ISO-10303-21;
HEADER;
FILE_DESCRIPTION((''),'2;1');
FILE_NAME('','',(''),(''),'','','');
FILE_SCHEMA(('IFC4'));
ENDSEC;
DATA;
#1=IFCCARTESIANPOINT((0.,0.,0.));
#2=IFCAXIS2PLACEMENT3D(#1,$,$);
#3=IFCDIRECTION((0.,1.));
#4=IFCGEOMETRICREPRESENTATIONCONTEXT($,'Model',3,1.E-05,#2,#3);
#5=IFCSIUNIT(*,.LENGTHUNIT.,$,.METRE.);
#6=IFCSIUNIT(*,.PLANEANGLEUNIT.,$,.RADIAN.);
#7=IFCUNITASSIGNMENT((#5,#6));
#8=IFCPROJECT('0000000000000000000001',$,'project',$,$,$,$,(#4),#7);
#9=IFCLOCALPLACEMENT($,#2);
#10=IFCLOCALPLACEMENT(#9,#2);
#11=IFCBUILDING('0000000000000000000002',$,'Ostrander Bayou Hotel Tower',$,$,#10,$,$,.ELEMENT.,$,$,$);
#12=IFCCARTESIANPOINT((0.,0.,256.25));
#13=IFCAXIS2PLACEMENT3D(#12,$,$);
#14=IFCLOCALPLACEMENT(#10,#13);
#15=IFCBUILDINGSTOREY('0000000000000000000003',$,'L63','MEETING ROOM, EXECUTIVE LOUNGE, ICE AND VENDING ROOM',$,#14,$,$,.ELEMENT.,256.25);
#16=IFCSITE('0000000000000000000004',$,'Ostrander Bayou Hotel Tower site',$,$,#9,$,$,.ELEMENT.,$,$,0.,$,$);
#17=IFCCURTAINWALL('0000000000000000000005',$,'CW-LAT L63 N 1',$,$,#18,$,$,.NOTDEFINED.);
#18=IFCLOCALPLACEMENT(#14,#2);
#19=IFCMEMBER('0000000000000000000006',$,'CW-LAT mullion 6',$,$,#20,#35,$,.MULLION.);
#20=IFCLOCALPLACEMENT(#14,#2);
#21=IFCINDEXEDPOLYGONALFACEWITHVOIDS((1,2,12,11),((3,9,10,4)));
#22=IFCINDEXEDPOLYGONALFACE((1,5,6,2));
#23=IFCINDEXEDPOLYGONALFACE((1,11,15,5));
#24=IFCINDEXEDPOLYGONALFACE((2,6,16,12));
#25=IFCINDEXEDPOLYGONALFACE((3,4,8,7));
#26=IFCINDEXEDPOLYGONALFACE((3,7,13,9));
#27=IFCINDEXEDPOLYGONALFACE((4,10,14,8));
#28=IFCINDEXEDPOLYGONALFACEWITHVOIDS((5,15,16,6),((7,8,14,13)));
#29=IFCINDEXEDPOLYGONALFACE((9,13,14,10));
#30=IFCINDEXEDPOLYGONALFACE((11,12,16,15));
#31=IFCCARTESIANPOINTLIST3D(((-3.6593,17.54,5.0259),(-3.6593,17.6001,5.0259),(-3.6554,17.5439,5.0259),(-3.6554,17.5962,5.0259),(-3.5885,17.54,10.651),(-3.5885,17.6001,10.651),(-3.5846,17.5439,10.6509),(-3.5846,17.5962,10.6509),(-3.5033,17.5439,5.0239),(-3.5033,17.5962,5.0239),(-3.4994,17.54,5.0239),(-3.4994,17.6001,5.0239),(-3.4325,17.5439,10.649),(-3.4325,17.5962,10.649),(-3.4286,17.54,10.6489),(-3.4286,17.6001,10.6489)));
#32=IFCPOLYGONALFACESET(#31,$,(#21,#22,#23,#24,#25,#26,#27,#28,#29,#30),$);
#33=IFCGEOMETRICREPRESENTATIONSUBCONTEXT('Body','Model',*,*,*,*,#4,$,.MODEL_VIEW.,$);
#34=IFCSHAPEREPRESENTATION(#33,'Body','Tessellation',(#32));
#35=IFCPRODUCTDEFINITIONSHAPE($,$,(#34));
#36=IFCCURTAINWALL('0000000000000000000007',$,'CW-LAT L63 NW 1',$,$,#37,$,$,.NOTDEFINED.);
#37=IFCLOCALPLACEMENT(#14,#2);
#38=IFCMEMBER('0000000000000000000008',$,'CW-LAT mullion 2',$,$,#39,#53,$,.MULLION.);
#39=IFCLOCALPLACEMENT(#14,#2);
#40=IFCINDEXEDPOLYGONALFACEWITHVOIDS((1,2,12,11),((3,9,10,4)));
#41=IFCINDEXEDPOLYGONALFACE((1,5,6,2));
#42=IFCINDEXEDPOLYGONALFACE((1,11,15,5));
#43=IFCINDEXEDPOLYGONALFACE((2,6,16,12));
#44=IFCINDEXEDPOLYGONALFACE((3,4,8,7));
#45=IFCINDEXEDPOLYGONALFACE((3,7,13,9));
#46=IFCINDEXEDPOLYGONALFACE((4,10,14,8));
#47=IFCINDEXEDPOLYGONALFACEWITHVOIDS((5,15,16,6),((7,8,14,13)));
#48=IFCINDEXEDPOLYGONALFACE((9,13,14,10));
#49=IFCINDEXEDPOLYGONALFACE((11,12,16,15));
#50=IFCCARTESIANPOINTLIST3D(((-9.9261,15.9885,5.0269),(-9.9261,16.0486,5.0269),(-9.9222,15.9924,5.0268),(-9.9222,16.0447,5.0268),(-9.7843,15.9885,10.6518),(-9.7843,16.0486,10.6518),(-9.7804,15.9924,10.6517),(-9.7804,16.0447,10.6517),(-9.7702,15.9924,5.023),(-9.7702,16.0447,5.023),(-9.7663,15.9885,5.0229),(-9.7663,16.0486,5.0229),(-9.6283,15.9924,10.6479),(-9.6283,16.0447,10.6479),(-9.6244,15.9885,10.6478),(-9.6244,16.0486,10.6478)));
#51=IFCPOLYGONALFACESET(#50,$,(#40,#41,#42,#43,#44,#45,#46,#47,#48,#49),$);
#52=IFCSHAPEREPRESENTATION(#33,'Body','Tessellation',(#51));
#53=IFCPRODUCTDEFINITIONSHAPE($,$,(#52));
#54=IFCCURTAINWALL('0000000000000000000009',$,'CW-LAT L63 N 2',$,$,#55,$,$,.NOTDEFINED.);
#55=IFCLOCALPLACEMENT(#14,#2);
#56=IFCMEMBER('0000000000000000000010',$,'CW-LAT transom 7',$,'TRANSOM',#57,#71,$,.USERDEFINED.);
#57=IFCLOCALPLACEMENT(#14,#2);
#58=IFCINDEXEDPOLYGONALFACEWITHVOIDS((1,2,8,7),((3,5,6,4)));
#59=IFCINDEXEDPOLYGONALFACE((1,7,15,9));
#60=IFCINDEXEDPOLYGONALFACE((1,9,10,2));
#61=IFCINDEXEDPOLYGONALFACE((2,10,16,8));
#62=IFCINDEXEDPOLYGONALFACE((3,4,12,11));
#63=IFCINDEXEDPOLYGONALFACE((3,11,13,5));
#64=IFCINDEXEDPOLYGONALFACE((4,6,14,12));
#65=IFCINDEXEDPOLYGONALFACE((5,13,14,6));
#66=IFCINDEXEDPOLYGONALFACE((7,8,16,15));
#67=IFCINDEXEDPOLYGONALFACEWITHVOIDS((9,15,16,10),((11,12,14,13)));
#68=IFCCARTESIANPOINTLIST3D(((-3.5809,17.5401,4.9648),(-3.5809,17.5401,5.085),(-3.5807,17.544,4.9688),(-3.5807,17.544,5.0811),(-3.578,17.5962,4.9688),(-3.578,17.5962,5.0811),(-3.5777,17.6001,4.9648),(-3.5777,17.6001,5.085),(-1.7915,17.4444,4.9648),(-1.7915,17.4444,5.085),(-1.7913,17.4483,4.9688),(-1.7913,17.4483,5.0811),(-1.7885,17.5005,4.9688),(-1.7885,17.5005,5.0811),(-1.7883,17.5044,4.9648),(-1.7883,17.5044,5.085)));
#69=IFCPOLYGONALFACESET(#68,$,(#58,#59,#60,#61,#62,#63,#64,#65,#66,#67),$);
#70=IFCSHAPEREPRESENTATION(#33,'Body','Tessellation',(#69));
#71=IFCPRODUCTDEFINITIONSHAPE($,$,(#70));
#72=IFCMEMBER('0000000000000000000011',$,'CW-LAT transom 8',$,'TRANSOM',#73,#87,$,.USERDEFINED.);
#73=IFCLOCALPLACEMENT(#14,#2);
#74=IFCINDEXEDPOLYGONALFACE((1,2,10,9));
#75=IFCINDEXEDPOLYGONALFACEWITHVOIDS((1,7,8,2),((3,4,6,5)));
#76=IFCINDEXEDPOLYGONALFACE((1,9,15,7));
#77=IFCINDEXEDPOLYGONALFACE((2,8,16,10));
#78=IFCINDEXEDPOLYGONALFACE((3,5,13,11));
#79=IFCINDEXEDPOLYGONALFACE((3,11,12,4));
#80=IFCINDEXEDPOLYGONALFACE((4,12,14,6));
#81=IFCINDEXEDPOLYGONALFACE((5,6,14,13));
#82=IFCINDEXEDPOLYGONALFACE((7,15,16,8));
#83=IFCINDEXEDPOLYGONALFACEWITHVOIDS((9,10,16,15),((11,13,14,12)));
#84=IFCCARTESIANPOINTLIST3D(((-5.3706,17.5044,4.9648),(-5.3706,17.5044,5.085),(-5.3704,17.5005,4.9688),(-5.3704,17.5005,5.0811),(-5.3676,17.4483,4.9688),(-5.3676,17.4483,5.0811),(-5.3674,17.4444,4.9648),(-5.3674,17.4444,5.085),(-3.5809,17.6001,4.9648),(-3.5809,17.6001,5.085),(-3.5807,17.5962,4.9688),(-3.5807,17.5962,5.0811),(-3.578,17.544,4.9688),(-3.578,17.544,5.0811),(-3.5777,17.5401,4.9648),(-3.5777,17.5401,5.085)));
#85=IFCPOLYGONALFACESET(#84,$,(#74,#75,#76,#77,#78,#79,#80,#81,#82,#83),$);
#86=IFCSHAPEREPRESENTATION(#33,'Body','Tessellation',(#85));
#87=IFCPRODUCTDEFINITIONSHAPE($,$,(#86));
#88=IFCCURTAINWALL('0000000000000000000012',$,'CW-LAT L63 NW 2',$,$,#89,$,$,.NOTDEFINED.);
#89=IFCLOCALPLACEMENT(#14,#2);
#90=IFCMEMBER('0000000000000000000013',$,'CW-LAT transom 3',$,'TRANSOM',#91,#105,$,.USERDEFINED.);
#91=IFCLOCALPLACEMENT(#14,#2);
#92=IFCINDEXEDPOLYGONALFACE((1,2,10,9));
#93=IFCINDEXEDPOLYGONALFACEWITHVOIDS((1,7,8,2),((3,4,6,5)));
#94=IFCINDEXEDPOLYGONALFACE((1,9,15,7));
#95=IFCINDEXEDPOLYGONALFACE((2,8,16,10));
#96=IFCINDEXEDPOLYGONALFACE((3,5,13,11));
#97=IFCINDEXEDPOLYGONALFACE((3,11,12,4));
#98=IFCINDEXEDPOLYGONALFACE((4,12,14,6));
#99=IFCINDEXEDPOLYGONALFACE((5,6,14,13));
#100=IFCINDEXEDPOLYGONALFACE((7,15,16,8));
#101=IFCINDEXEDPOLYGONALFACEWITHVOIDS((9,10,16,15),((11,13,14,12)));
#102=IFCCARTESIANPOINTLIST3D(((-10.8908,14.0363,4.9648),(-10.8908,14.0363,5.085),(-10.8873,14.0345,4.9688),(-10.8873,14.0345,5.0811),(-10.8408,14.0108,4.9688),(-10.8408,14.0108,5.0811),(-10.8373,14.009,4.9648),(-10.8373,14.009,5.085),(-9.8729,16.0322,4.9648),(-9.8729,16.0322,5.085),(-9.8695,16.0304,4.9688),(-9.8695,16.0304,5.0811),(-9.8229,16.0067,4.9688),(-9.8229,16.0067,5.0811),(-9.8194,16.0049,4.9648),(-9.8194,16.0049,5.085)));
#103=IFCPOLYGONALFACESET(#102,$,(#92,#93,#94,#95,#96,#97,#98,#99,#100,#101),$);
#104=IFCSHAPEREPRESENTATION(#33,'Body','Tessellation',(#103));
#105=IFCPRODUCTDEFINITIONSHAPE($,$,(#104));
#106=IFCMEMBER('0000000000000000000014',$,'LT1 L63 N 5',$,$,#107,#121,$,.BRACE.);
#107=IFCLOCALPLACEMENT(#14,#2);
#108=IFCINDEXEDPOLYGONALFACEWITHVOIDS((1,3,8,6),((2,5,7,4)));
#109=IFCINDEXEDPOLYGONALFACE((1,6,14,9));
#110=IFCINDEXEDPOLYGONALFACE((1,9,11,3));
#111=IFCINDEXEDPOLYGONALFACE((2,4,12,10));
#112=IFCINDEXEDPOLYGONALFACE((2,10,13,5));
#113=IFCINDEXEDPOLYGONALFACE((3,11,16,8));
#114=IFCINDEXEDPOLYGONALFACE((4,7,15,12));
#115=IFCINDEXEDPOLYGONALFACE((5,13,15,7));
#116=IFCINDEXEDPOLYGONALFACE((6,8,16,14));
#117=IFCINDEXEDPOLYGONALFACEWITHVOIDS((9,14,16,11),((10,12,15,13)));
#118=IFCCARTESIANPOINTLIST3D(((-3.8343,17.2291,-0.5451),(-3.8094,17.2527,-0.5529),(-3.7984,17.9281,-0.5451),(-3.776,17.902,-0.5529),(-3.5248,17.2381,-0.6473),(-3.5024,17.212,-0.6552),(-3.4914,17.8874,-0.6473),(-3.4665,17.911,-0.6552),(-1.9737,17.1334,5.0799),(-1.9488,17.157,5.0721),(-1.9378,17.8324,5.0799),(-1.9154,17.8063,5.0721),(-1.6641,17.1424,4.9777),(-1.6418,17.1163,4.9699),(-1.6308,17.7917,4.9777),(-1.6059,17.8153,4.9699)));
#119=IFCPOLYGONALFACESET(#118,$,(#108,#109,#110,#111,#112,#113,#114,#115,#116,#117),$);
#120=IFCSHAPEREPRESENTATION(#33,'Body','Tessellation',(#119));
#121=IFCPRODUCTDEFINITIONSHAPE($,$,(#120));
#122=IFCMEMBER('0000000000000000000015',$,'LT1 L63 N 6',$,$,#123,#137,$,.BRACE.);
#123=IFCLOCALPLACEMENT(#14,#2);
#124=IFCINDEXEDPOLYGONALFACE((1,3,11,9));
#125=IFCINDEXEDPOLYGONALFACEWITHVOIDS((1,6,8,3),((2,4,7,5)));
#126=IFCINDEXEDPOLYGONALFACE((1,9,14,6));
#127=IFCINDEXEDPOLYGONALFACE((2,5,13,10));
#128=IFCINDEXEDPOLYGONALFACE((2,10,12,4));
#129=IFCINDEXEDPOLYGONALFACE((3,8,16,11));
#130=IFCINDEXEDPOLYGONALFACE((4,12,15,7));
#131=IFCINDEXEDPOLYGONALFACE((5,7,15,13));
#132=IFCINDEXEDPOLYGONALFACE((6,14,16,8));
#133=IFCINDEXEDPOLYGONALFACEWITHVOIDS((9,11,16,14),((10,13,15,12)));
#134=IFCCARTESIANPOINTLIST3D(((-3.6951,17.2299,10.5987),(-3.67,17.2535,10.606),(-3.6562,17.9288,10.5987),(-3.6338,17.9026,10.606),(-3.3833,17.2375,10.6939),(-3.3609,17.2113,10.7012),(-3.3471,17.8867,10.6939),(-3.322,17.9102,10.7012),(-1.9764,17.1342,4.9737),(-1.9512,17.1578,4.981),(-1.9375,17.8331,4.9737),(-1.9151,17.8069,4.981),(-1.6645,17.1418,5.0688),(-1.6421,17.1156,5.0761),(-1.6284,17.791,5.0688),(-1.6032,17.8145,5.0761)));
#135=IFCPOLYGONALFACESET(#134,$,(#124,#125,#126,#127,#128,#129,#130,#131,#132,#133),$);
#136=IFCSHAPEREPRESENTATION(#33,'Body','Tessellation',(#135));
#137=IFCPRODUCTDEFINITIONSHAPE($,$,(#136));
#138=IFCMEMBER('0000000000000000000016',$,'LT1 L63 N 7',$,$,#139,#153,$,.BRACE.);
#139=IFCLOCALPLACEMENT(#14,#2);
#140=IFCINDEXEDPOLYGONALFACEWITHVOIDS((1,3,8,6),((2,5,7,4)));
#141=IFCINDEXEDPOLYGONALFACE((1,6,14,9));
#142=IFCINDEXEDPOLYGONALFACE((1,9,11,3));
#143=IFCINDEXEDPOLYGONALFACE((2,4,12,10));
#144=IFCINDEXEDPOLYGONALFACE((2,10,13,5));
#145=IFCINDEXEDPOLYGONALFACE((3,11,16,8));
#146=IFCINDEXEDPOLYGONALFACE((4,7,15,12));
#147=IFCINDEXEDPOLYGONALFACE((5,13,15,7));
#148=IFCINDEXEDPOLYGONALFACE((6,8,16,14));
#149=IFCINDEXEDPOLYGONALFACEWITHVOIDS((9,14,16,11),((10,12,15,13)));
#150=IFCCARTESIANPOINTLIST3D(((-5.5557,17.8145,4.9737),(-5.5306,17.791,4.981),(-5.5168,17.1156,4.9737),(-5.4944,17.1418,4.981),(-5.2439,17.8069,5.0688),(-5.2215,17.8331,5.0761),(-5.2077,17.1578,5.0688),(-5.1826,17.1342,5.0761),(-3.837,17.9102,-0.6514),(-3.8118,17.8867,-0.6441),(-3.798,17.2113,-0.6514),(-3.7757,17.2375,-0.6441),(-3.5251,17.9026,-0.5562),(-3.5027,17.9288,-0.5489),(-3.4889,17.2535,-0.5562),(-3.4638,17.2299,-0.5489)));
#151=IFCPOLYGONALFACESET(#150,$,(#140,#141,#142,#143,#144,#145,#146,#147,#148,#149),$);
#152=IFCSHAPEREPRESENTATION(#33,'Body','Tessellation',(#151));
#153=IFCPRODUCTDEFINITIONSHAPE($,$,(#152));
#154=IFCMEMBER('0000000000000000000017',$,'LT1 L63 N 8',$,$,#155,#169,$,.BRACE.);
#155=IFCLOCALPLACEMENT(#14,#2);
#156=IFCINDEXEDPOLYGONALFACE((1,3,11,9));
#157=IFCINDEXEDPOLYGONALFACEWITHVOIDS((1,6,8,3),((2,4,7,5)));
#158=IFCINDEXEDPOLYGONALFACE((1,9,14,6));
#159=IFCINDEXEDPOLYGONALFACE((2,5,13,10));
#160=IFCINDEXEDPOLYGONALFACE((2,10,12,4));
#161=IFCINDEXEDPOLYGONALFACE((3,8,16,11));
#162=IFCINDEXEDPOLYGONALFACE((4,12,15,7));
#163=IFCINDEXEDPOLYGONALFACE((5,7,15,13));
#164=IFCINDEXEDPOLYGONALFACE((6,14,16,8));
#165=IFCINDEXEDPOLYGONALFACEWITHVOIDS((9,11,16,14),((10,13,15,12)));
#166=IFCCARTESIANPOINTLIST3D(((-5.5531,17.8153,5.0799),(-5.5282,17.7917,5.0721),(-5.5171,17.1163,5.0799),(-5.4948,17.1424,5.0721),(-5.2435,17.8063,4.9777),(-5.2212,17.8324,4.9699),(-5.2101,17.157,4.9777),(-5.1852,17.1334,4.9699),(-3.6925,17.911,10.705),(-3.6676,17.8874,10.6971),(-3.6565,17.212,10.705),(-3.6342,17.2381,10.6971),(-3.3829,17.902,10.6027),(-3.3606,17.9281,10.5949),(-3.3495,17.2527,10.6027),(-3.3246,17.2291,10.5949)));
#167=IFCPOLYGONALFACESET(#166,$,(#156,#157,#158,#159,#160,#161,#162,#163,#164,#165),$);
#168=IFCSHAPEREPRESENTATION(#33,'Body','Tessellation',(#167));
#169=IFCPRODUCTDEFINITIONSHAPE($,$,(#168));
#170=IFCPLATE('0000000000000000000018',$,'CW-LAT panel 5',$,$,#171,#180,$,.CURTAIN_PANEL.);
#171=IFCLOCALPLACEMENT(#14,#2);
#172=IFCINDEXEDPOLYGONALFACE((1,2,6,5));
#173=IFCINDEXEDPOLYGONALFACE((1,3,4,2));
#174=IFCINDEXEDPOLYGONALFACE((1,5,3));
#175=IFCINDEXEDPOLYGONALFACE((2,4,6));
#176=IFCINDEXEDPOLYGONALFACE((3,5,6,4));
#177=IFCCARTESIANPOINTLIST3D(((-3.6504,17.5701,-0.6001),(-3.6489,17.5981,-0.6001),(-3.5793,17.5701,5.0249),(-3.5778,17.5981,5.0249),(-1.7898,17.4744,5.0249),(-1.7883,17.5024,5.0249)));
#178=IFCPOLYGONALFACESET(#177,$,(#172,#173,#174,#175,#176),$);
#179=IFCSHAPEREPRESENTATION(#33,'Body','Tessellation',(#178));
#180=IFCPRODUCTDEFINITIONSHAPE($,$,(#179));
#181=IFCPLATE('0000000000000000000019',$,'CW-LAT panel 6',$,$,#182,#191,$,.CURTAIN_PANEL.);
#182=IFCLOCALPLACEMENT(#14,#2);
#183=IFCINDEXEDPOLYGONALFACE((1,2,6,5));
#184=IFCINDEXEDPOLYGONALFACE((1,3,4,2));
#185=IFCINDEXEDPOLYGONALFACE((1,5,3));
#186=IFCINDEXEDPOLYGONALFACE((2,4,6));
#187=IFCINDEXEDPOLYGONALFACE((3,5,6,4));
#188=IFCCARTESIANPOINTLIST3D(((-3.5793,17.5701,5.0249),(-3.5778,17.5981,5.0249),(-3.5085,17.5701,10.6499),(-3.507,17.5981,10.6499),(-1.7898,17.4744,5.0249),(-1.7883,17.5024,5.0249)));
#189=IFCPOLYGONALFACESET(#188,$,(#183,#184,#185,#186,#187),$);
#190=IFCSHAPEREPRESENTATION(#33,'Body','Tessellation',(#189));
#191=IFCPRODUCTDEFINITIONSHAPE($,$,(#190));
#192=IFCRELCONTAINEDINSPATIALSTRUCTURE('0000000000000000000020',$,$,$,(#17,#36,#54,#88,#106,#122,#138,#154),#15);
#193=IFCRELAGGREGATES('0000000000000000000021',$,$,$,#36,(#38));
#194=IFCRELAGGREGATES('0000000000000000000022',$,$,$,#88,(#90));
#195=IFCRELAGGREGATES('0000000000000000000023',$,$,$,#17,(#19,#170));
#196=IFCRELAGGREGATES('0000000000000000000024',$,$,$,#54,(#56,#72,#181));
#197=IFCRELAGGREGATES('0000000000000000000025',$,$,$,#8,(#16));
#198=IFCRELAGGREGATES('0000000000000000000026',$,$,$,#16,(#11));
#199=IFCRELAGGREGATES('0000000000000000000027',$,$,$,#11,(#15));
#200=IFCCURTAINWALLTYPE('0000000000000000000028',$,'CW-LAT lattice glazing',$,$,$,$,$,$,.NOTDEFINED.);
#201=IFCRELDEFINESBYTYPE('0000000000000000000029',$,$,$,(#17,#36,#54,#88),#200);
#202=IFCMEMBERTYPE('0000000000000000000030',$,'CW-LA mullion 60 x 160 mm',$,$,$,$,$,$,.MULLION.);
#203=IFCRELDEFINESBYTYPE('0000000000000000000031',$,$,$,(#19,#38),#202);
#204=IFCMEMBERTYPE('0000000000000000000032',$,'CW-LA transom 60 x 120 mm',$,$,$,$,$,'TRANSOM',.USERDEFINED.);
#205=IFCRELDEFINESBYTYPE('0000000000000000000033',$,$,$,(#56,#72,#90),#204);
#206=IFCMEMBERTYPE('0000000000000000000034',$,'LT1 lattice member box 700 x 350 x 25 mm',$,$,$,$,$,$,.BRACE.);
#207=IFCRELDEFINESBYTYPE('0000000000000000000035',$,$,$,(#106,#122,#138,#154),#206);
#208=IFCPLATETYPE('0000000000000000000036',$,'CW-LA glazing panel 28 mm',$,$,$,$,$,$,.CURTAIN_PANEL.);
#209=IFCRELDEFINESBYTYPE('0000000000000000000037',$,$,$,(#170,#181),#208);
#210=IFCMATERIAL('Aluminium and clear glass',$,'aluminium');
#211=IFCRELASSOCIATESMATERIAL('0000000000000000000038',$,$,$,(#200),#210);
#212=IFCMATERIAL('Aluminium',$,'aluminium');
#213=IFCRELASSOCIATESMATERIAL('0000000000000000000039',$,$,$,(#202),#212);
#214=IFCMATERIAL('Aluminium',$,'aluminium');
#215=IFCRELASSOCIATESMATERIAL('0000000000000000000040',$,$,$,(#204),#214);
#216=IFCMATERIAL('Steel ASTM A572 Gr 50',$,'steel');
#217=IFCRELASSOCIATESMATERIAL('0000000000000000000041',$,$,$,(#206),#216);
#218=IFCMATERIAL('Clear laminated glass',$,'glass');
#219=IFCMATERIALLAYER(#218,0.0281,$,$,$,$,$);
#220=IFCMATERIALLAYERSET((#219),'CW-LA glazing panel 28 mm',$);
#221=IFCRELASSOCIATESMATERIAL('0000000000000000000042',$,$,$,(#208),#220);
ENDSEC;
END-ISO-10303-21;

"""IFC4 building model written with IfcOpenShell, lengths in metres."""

from ifc_helpers import new_model, si_unit, direction, frame, origin, origin_2d, place, context, subcontext, project, spatial, polyline, hollow_rectangle, outline, extrude, material, layer, layer_set, material_profile, profile_set, type_object, element, aggregate, save


model = new_model("IFC4")

# Units and contexts
model_context = context("Model", 3, precision=1e-05, world=origin(), true_north=direction((0.0, 1.0)))
body_context = subcontext(model_context, "Body", "Model", "MODEL_VIEW")
ifc_project = project(units=[si_unit("LENGTHUNIT", "METRE"), si_unit("PLANEANGLEUNIT", "RADIAN")], contexts=[model_context])

# Site, building, storey
site_placement = place(None, origin())
site = spatial("IfcSite", under=ifc_project, at=site_placement, Name="Ostrander Bayou Hotel Tower site", CompositionType="ELEMENT", RefElevation=0.0)
building_placement = place(site_placement, origin())
building = spatial("IfcBuilding", under=site, at=building_placement, Name="Ostrander Bayou Hotel Tower", CompositionType="ELEMENT")
storey_placement = place(building_placement, frame((0.0, 0.0, 256.25)))
storey = spatial("IfcBuildingStorey", under=building, at=storey_placement, Name="L63", Description="MEETING ROOM, EXECUTIVE LOUNGE, ICE AND VENDING ROOM", CompositionType="ELEMENT", Elevation=256.25)

# Curtain walls, members
ifc_material_1 = material(Name="Aluminium and clear glass", Category="aluminium")
curtain_wall_type = type_object("IfcCurtainWallType", Name="CW-LAT lattice glazing", PredefinedType="NOTDEFINED", material=ifc_material_1)
curtain_wall_1_placement = place(storey_placement, origin())
curtain_wall_1 = element("IfcCurtainWall", 1, at=curtain_wall_1_placement, inside=storey, type_object=curtain_wall_type, Name="CW-LAT L63 N 1", PredefinedType="NOTDEFINED")
ifc_material_2 = material(Name="Aluminium", Category="aluminium")
ifc_material_profile_1 = material_profile(ifc_material_2, hollow_rectangle(XDim=0.0601, YDim=0.1599, WallThickness=0.0039, at=origin_2d()))
ifc_profile_set_1 = profile_set([ifc_material_profile_1], Name="Aluminium")
member_type_1 = type_object("IfcMemberType", Name="CW-LA mullion 60 x 160 mm", PredefinedType="MULLION", material=ifc_profile_set_1)
member_1_placement = place(storey_placement, frame((-3.5793, 17.5701, 5.0249), z_axis=(0.012586, 0.0, 0.999921), x_axis=(0.0, 1.0, 0.0)))
member_1 = element("IfcMember", 2, at=member_1_placement, type_object=member_type_1, Name="CW-LAT mullion 6", PredefinedType="MULLION", context=body_context, shape_type="SweptSolid", body=[
    extrude(hollow_rectangle(XDim=0.0601, YDim=0.1599, WallThickness=0.0039, at=origin_2d()), origin(), (0.0, 0.0, 1.0), 5.6255),
])
curtain_wall_2_placement = place(storey_placement, origin())
curtain_wall_2 = element("IfcCurtainWall", 3, at=curtain_wall_2_placement, inside=storey, type_object=curtain_wall_type, Name="CW-LAT L63 NW 1", PredefinedType="NOTDEFINED")
member_2_placement = place(storey_placement, frame((-9.8462, 16.0186, 5.0249), z_axis=(0.025209, 0.0, 0.999682), x_axis=(0.0, 1.0, 0.0)))
member_2 = element("IfcMember", 4, at=member_2_placement, type_object=member_type_1, Name="CW-LAT mullion 2", PredefinedType="MULLION", context=body_context, shape_type="SweptSolid", body=[
    extrude(hollow_rectangle(XDim=0.0601, YDim=0.1599, WallThickness=0.0039, at=origin_2d()), origin(), (0.0, 0.0, 1.0), 5.6267),
])
aggregate(curtain_wall_2, [member_2])

# Curtain wall, members
curtain_wall_3_placement = place(storey_placement, origin())
curtain_wall_3 = element("IfcCurtainWall", 5, at=curtain_wall_3_placement, inside=storey, type_object=curtain_wall_type, Name="CW-LAT L63 N 2", PredefinedType="NOTDEFINED")
ifc_material_3 = material(Name="Aluminium", Category="aluminium")
ifc_material_profile_2 = material_profile(ifc_material_3, hollow_rectangle(XDim=0.0601, YDim=0.1201, WallThickness=0.0039, at=origin_2d()))
ifc_profile_set_2 = profile_set([ifc_material_profile_2], Name="Aluminium")
member_type_2 = type_object("IfcMemberType", Name="CW-LA transom 60 x 120 mm", ElementType="TRANSOM", PredefinedType="USERDEFINED", material=ifc_profile_set_2)
member_3_placement = place(storey_placement, frame((-3.5793, 17.5701, 5.0249), z_axis=(0.998573, -0.053403, 0.0), x_axis=(0.053403, 0.998573, 0.0)))
member_3 = element("IfcMember", 6, at=member_3_placement, type_object=member_type_2, Name="CW-LAT transom 7", ObjectType="TRANSOM", PredefinedType="USERDEFINED", context=body_context, shape_type="SweptSolid", body=[
    extrude(hollow_rectangle(XDim=0.0601, YDim=0.1201, WallThickness=0.0039, at=origin_2d()), origin(), (0.0, 0.0, 1.0), 1.792),
])
member_4_placement = place(storey_placement, frame((-3.5793, 17.5701, 5.0249), z_axis=(-0.998573, -0.053395, 0.0), x_axis=(0.053395, -0.998573, 0.0)))
member_4 = element("IfcMember", 7, at=member_4_placement, type_object=member_type_2, Name="CW-LAT transom 8", ObjectType="TRANSOM", PredefinedType="USERDEFINED", context=body_context, shape_type="SweptSolid", body=[
    extrude(hollow_rectangle(XDim=0.0601, YDim=0.1201, WallThickness=0.0039, at=origin_2d()), origin(), (0.0, 0.0, 1.0), 1.7922),
])

# Curtain wall, member
curtain_wall_4_placement = place(storey_placement, origin())
curtain_wall_4 = element("IfcCurtainWall", 8, at=curtain_wall_4_placement, inside=storey, type_object=curtain_wall_type, Name="CW-LAT L63 NW 2", PredefinedType="NOTDEFINED")
member_5_placement = place(storey_placement, frame((-9.8462, 16.0186, 5.0249), z_axis=(-0.454304, -0.890846, 0.0), x_axis=(0.890846, -0.454304, 0.0)))
member_5 = element("IfcMember", 9, at=member_5_placement, type_object=member_type_2, Name="CW-LAT transom 3", ObjectType="TRANSOM", PredefinedType="USERDEFINED", context=body_context, shape_type="SweptSolid", body=[
    extrude(hollow_rectangle(XDim=0.0601, YDim=0.1201, WallThickness=0.0039, at=origin_2d()), origin(), (0.0, 0.0, 1.0), 2.2405),
])
aggregate(curtain_wall_4, [member_5])

# Members
ifc_material_4 = material(Name="Steel ASTM A572 Gr 50", Category="steel")
ifc_material_profile_3 = material_profile(ifc_material_4, hollow_rectangle(XDim=0.7, YDim=0.3501, WallThickness=0.0249, at=origin_2d()))
ifc_profile_set_3 = profile_set([ifc_material_profile_3], Name="Steel ASTM A572 Gr 50")
member_type_3 = type_object("IfcMemberType", Name="LT1 lattice member box 700 x 350 x 25 mm", PredefinedType="BRACE", material=ifc_profile_set_3)
member_6_placement = place(storey_placement, frame((-1.7898, 17.4744, 5.0249), z_axis=(-0.313998, 0.016151, -0.949286), x_axis=(-0.051369, -0.99868, 0.0)))
element("IfcMember", 10, at=member_6_placement, inside=storey, type_object=member_type_3, Name="LT1 L63 N 5", PredefinedType="BRACE", context=body_context, shape_type="SweptSolid", body=[
    extrude(hollow_rectangle(XDim=0.7, YDim=0.3501, WallThickness=0.0249, at=origin_2d()), origin(), (0.0, 0.0, 1.0), 5.9255),
])
for number, where, z_axis, x_axis, name in (
    (11, (-1.7898, 17.4744, 5.0249), (-0.29218, 0.016269, 0.956225), (-0.055596, -0.998453, 0.0), "LT1 L63 N 6"),
    (12, (-5.3691, 17.4744, 5.0249), (0.29218, 0.016269, -0.956225), (-0.055596, 0.998453, 0.0), "LT1 L63 N 7"),
):
    element("IfcMember", number, at=place(storey_placement, frame(where, z_axis=z_axis, x_axis=x_axis)), inside=storey, type_object=member_type_3, Name=name, PredefinedType="BRACE", context=body_context, shape_type="SweptSolid", body=[
        extrude(hollow_rectangle(XDim=0.7, YDim=0.3501, WallThickness=0.0249, at=origin_2d()), origin(), (0.0, 0.0, 1.0), 5.8826),
    ])
member_7_placement = place(storey_placement, frame((-5.3691, 17.4744, 5.0249), z_axis=(0.313998, 0.016151, 0.949286), x_axis=(-0.051369, 0.99868, 0.0)))
element("IfcMember", 13, at=member_7_placement, inside=storey, type_object=member_type_3, Name="LT1 L63 N 8", PredefinedType="BRACE", context=body_context, shape_type="SweptSolid", body=[
    extrude(hollow_rectangle(XDim=0.7, YDim=0.3501, WallThickness=0.0249, at=origin_2d()), origin(), (0.0, 0.0, 1.0), 5.9255),
])

# Plates
ifc_material_5 = material(Name="Clear laminated glass", Category="glass")
ifc_layer_1 = layer(ifc_material_5, 0.0281)
ifc_layer_set_1 = layer_set([ifc_layer_1], Name="CW-LA glazing panel 28 mm")
plate_type = type_object("IfcPlateType", Name="CW-LA glazing panel 28 mm", PredefinedType="CURTAIN_PANEL", material=ifc_layer_set_1)
plate_1_placement = place(storey_placement, frame((-1.7898, 17.4744, 5.0249), z_axis=(-0.053403, -0.998573, 0.000674), x_axis=(-0.313998, 0.016151, -0.949286)))
plate_1 = element("IfcPlate", 14, at=plate_1_placement, type_object=plate_type, Name="CW-LAT panel 5", PredefinedType="CURTAIN_PANEL", context=body_context, shape_type="SweptSolid", body=[
    extrude(outline(polyline([(0.0, 0.0), (5.9255, 0.0), (0.5635, -1.7012), (0.0, 0.0)])), origin(), (0.0, 0.0, -1.0), 0.0281),
])
aggregate(curtain_wall_1, [member_1, plate_1])
plate_2_placement = place(storey_placement, frame((-1.7898, 17.4744, 5.0249), z_axis=(-0.053403, -0.998573, 0.000672), x_axis=(-0.29218, 0.016269, 0.956225)))
plate_2 = element("IfcPlate", 15, at=plate_2_placement, type_object=plate_type, Name="CW-LAT panel 6", PredefinedType="CURTAIN_PANEL", context=body_context, shape_type="SweptSolid", body=[
    extrude(outline(polyline([(0.0, 0.0), (5.8825, 0.0), (0.5244, 1.7137), (0.0, 0.0)])), origin(), (0.0, 0.0, -1.0), 0.0281),
])
aggregate(curtain_wall_3, [member_3, member_4, plate_2])

save(model, "model.ifc")
